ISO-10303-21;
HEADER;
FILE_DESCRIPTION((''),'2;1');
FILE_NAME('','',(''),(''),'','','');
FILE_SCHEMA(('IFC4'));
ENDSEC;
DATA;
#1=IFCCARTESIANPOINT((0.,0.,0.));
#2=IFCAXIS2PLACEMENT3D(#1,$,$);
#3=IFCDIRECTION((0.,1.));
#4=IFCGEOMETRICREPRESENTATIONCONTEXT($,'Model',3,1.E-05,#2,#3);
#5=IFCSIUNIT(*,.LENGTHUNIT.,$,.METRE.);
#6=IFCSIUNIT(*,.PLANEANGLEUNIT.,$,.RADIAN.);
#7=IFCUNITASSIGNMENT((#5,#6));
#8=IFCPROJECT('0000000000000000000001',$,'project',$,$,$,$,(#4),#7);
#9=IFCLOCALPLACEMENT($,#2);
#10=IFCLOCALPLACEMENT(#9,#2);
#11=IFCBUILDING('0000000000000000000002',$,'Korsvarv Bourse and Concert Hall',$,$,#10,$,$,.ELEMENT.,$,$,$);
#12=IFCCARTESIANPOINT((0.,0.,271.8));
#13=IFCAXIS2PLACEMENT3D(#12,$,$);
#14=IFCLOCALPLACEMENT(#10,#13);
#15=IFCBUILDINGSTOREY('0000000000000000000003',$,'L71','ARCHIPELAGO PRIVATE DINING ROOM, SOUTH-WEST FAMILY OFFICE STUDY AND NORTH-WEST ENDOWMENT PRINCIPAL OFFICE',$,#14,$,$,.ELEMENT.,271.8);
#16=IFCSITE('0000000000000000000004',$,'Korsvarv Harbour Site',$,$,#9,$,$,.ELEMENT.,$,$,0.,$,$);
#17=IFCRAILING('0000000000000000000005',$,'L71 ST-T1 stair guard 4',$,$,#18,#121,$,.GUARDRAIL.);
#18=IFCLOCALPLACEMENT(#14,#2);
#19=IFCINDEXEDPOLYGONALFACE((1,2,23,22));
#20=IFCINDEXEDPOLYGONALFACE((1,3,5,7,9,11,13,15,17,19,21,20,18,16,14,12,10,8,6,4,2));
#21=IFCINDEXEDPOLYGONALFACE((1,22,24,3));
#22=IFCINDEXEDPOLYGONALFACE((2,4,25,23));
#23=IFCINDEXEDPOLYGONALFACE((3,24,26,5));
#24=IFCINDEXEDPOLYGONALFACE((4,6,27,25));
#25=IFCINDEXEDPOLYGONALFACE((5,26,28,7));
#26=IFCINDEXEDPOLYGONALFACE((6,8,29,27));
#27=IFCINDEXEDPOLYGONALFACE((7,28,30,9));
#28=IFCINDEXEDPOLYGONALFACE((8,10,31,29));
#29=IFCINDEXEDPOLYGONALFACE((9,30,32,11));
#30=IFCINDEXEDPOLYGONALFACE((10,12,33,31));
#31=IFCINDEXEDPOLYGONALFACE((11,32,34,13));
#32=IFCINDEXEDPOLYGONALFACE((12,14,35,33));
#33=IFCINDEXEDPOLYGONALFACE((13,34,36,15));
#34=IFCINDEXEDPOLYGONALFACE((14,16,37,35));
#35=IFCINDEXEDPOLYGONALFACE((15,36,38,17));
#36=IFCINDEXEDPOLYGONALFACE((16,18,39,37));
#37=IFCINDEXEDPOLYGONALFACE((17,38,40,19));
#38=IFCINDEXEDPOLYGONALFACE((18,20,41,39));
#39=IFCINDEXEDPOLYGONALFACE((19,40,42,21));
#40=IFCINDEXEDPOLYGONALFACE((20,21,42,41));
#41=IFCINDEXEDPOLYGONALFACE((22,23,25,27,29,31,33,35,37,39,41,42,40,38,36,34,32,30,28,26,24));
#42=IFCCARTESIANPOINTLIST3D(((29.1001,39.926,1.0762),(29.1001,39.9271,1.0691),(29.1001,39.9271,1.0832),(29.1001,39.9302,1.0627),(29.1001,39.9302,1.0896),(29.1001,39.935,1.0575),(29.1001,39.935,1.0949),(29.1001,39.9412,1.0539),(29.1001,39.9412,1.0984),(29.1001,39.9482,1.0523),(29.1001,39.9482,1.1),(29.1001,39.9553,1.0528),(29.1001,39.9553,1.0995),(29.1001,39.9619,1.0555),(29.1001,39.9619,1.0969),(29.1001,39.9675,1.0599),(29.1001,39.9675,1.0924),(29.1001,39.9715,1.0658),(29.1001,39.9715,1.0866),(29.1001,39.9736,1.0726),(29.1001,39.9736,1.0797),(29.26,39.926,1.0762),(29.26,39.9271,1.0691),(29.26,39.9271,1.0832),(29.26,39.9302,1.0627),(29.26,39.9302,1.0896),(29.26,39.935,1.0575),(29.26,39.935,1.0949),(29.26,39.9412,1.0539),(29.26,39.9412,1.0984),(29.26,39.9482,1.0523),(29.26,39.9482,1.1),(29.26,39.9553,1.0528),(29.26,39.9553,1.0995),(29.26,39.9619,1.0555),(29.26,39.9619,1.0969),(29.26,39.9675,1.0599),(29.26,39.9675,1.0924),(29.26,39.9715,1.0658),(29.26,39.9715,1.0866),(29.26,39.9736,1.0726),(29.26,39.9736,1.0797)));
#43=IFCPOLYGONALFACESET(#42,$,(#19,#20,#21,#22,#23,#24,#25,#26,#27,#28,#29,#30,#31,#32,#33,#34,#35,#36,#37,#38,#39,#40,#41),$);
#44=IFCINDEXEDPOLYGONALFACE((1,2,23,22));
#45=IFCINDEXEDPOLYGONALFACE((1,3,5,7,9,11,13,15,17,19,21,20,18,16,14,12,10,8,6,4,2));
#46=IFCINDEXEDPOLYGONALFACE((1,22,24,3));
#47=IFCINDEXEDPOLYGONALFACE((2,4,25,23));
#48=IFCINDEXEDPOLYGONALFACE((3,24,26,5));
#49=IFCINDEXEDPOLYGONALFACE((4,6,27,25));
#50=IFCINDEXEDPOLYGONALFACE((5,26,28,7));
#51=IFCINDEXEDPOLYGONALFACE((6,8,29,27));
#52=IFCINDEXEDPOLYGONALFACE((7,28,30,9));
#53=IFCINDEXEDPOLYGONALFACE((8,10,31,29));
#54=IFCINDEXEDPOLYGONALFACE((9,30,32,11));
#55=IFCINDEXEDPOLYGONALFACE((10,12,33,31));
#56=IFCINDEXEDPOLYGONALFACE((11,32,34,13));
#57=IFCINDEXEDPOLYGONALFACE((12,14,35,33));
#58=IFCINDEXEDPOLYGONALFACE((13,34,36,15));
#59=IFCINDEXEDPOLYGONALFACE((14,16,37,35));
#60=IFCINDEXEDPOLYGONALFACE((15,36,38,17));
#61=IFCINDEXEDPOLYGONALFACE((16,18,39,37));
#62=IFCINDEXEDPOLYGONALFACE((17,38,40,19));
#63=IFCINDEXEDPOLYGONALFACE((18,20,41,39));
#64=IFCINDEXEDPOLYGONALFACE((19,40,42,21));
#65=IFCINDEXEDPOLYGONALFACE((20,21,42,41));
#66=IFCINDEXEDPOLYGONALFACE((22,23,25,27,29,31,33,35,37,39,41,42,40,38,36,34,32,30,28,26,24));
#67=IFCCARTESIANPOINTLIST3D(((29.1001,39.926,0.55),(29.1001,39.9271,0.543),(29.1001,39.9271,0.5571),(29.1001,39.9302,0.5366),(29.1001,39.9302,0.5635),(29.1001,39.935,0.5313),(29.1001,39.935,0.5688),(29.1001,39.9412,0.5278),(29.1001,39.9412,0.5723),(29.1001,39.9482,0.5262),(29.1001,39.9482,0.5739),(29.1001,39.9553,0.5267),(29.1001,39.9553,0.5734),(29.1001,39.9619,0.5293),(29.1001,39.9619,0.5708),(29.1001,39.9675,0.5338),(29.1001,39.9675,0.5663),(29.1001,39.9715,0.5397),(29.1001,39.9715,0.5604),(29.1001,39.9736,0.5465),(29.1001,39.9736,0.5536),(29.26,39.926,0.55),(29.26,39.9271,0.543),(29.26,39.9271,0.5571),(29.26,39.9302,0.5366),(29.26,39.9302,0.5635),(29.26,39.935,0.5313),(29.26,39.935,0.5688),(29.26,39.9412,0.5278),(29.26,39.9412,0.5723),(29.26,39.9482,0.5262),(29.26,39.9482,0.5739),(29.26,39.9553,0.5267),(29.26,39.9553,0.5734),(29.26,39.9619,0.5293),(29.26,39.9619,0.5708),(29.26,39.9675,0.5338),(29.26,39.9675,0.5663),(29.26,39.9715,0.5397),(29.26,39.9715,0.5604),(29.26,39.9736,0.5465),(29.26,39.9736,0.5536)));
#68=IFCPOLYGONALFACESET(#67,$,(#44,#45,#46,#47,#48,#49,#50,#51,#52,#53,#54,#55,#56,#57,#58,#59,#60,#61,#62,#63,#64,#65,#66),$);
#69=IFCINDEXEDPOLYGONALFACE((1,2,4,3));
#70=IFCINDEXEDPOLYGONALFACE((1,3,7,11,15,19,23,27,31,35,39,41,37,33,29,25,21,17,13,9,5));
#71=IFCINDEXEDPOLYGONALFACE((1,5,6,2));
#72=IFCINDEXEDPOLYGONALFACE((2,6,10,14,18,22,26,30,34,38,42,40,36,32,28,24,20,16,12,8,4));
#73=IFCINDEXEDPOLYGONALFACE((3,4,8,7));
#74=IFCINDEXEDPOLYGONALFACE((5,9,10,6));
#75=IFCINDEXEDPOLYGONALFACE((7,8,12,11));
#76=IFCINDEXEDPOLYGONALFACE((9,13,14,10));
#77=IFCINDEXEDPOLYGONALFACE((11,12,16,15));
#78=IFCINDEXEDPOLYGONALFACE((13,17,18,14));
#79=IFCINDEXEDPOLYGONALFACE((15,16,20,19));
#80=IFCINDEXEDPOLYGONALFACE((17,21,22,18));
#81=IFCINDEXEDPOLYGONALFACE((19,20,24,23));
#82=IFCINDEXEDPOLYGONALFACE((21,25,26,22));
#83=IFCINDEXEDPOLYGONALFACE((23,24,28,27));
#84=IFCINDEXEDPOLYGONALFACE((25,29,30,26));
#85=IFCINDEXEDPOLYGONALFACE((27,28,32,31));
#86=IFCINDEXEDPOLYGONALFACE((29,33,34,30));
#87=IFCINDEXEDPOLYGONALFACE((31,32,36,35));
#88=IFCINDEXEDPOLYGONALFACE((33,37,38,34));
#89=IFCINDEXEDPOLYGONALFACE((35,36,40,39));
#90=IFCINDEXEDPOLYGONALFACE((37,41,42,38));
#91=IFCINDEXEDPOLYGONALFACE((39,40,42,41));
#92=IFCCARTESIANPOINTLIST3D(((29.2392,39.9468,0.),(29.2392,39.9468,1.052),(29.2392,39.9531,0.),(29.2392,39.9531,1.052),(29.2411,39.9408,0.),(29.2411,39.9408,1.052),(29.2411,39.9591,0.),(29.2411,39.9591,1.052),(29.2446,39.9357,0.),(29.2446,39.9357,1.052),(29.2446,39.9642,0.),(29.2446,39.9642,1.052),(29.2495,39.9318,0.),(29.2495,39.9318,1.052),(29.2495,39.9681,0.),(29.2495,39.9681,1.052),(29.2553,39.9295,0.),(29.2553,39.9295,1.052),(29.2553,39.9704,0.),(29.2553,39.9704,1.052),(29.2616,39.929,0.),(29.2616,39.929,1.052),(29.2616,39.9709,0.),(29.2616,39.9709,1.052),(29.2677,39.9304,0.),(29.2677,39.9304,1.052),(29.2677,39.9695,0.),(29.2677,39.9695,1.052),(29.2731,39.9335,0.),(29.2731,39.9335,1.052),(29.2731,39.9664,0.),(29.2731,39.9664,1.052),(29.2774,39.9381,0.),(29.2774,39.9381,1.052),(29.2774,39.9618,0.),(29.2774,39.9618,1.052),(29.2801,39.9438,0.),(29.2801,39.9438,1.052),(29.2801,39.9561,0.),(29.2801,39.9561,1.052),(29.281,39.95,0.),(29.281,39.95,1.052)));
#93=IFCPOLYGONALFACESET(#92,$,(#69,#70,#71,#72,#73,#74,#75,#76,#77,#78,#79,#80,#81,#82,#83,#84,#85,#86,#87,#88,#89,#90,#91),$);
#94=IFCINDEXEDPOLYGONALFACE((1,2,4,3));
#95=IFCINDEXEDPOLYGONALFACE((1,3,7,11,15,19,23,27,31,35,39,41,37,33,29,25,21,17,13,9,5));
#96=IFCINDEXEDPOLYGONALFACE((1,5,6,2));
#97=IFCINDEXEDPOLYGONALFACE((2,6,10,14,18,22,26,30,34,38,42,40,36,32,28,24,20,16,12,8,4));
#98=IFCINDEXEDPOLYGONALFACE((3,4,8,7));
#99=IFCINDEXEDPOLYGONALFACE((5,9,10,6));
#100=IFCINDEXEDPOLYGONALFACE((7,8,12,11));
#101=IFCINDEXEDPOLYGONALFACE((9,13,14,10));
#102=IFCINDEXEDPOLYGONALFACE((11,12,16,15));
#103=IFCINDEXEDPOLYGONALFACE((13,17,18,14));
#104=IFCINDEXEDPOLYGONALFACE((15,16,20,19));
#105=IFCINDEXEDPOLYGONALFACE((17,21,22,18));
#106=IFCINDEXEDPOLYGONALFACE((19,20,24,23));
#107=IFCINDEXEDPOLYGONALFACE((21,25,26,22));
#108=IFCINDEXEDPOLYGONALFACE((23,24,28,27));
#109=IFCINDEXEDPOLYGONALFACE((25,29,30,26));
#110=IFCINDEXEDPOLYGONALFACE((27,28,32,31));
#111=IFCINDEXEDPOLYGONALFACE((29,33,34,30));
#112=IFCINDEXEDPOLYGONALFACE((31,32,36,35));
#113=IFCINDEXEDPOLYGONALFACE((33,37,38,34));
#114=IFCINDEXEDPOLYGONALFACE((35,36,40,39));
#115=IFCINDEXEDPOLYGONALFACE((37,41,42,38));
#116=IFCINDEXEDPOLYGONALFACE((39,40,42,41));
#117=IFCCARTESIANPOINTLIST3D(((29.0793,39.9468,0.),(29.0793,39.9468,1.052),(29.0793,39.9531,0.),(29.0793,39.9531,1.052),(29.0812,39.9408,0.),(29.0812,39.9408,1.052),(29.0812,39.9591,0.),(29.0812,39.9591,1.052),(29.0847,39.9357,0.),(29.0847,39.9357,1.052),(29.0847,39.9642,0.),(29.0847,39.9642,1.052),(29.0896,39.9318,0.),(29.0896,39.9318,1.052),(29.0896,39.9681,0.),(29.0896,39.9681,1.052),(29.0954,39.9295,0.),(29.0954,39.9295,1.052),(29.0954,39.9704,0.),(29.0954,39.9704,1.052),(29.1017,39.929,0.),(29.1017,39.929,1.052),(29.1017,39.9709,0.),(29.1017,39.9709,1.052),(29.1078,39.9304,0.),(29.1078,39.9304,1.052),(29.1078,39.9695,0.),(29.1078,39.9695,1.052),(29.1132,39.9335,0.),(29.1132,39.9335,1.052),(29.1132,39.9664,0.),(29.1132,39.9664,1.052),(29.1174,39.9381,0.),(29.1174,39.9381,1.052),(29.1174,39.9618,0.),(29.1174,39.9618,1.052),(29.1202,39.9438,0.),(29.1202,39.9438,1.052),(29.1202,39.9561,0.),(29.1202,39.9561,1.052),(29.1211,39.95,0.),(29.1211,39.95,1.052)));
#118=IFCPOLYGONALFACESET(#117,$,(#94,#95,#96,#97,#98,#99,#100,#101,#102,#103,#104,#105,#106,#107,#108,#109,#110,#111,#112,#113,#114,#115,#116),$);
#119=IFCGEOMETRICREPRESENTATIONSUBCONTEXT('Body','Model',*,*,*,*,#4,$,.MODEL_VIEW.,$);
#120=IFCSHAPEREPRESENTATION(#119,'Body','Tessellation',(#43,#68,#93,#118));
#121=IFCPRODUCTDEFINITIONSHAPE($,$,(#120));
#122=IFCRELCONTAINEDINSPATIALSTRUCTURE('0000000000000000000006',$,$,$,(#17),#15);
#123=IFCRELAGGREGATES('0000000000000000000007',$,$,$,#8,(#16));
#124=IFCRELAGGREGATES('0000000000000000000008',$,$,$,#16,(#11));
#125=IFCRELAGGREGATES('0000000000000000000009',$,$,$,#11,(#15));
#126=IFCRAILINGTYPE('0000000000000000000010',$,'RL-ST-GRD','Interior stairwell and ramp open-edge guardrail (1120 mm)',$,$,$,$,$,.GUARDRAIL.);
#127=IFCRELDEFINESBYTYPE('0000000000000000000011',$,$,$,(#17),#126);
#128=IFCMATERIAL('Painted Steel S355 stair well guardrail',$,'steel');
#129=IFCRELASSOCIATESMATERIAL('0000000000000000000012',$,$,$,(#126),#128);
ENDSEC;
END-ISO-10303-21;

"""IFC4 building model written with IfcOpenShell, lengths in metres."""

from ifc_helpers import new_model, si_unit, direction, frame, origin, origin_2d, place, context, subcontext, project, spatial, circle, extrude, material, type_object, element, save


model = new_model("IFC4")

# Units and contexts
model_context = context("Model", 3, precision=1e-05, world=origin(), true_north=direction((0.0, 1.0)))
body_context = subcontext(model_context, "Body", "Model", "MODEL_VIEW")
ifc_project = project(units=[si_unit("LENGTHUNIT", "METRE"), si_unit("PLANEANGLEUNIT", "RADIAN")], contexts=[model_context])

# Site, building, storey
site_placement = place(None, origin())
site = spatial("IfcSite", under=ifc_project, at=site_placement, Name="Korsvarv Harbour Site", CompositionType="ELEMENT", RefElevation=0.0)
building_placement = place(site_placement, origin())
building = spatial("IfcBuilding", under=site, at=building_placement, Name="Korsvarv Bourse and Concert Hall", CompositionType="ELEMENT")
storey_placement = place(building_placement, frame((0.0, 0.0, 271.8)))
storey = spatial("IfcBuildingStorey", under=building, at=storey_placement, Name="L71", Description="ARCHIPELAGO PRIVATE DINING ROOM, SOUTH-WEST FAMILY OFFICE STUDY AND NORTH-WEST ENDOWMENT PRINCIPAL OFFICE", CompositionType="ELEMENT", Elevation=271.8)

# Railing
ifc_material_1 = material(Name="Painted Steel S355 stair well guardrail", Category="steel")
railing_type_1 = type_object("IfcRailingType", Name="RL-ST-GRD", Description="Interior stairwell and ramp open-edge guardrail (1120 mm)", PredefinedType="GUARDRAIL", material=ifc_material_1)
railing_1_placement = place(storey_placement, frame((29.26, 39.95, 0.0)))
element("IfcRailing", 1, at=railing_1_placement, inside=storey, type_object=railing_type_1, Name="L71 ST-T1 stair guard 4", PredefinedType="GUARDRAIL", context=body_context, shape_type="SweptSolid", body=[
    extrude(circle(Radius=0.0239, at=origin_2d()), frame((0.0, 0.0, 1.0762), z_axis=(-1.0, 0.0, 0.0), x_axis=(0.0, -1.0, 0.0)), (0.0, 0.0, 1.0), 0.1599),
    extrude(circle(Radius=0.0239, at=origin_2d()), frame((0.0, 0.0, 0.55), z_axis=(-1.0, 0.0, 0.0), x_axis=(0.0, -1.0, 0.0)), (0.0, 0.0, 1.0), 0.1599),
    extrude(circle(Radius=0.021, at=origin_2d()), origin(), (0.0, 0.0, 1.0), 1.052),
    extrude(circle(Radius=0.021, at=origin_2d()), frame((-0.1599, 0.0, 0.0)), (0.0, 0.0, 1.0), 1.052),
])

save(model, "model.ifc")
